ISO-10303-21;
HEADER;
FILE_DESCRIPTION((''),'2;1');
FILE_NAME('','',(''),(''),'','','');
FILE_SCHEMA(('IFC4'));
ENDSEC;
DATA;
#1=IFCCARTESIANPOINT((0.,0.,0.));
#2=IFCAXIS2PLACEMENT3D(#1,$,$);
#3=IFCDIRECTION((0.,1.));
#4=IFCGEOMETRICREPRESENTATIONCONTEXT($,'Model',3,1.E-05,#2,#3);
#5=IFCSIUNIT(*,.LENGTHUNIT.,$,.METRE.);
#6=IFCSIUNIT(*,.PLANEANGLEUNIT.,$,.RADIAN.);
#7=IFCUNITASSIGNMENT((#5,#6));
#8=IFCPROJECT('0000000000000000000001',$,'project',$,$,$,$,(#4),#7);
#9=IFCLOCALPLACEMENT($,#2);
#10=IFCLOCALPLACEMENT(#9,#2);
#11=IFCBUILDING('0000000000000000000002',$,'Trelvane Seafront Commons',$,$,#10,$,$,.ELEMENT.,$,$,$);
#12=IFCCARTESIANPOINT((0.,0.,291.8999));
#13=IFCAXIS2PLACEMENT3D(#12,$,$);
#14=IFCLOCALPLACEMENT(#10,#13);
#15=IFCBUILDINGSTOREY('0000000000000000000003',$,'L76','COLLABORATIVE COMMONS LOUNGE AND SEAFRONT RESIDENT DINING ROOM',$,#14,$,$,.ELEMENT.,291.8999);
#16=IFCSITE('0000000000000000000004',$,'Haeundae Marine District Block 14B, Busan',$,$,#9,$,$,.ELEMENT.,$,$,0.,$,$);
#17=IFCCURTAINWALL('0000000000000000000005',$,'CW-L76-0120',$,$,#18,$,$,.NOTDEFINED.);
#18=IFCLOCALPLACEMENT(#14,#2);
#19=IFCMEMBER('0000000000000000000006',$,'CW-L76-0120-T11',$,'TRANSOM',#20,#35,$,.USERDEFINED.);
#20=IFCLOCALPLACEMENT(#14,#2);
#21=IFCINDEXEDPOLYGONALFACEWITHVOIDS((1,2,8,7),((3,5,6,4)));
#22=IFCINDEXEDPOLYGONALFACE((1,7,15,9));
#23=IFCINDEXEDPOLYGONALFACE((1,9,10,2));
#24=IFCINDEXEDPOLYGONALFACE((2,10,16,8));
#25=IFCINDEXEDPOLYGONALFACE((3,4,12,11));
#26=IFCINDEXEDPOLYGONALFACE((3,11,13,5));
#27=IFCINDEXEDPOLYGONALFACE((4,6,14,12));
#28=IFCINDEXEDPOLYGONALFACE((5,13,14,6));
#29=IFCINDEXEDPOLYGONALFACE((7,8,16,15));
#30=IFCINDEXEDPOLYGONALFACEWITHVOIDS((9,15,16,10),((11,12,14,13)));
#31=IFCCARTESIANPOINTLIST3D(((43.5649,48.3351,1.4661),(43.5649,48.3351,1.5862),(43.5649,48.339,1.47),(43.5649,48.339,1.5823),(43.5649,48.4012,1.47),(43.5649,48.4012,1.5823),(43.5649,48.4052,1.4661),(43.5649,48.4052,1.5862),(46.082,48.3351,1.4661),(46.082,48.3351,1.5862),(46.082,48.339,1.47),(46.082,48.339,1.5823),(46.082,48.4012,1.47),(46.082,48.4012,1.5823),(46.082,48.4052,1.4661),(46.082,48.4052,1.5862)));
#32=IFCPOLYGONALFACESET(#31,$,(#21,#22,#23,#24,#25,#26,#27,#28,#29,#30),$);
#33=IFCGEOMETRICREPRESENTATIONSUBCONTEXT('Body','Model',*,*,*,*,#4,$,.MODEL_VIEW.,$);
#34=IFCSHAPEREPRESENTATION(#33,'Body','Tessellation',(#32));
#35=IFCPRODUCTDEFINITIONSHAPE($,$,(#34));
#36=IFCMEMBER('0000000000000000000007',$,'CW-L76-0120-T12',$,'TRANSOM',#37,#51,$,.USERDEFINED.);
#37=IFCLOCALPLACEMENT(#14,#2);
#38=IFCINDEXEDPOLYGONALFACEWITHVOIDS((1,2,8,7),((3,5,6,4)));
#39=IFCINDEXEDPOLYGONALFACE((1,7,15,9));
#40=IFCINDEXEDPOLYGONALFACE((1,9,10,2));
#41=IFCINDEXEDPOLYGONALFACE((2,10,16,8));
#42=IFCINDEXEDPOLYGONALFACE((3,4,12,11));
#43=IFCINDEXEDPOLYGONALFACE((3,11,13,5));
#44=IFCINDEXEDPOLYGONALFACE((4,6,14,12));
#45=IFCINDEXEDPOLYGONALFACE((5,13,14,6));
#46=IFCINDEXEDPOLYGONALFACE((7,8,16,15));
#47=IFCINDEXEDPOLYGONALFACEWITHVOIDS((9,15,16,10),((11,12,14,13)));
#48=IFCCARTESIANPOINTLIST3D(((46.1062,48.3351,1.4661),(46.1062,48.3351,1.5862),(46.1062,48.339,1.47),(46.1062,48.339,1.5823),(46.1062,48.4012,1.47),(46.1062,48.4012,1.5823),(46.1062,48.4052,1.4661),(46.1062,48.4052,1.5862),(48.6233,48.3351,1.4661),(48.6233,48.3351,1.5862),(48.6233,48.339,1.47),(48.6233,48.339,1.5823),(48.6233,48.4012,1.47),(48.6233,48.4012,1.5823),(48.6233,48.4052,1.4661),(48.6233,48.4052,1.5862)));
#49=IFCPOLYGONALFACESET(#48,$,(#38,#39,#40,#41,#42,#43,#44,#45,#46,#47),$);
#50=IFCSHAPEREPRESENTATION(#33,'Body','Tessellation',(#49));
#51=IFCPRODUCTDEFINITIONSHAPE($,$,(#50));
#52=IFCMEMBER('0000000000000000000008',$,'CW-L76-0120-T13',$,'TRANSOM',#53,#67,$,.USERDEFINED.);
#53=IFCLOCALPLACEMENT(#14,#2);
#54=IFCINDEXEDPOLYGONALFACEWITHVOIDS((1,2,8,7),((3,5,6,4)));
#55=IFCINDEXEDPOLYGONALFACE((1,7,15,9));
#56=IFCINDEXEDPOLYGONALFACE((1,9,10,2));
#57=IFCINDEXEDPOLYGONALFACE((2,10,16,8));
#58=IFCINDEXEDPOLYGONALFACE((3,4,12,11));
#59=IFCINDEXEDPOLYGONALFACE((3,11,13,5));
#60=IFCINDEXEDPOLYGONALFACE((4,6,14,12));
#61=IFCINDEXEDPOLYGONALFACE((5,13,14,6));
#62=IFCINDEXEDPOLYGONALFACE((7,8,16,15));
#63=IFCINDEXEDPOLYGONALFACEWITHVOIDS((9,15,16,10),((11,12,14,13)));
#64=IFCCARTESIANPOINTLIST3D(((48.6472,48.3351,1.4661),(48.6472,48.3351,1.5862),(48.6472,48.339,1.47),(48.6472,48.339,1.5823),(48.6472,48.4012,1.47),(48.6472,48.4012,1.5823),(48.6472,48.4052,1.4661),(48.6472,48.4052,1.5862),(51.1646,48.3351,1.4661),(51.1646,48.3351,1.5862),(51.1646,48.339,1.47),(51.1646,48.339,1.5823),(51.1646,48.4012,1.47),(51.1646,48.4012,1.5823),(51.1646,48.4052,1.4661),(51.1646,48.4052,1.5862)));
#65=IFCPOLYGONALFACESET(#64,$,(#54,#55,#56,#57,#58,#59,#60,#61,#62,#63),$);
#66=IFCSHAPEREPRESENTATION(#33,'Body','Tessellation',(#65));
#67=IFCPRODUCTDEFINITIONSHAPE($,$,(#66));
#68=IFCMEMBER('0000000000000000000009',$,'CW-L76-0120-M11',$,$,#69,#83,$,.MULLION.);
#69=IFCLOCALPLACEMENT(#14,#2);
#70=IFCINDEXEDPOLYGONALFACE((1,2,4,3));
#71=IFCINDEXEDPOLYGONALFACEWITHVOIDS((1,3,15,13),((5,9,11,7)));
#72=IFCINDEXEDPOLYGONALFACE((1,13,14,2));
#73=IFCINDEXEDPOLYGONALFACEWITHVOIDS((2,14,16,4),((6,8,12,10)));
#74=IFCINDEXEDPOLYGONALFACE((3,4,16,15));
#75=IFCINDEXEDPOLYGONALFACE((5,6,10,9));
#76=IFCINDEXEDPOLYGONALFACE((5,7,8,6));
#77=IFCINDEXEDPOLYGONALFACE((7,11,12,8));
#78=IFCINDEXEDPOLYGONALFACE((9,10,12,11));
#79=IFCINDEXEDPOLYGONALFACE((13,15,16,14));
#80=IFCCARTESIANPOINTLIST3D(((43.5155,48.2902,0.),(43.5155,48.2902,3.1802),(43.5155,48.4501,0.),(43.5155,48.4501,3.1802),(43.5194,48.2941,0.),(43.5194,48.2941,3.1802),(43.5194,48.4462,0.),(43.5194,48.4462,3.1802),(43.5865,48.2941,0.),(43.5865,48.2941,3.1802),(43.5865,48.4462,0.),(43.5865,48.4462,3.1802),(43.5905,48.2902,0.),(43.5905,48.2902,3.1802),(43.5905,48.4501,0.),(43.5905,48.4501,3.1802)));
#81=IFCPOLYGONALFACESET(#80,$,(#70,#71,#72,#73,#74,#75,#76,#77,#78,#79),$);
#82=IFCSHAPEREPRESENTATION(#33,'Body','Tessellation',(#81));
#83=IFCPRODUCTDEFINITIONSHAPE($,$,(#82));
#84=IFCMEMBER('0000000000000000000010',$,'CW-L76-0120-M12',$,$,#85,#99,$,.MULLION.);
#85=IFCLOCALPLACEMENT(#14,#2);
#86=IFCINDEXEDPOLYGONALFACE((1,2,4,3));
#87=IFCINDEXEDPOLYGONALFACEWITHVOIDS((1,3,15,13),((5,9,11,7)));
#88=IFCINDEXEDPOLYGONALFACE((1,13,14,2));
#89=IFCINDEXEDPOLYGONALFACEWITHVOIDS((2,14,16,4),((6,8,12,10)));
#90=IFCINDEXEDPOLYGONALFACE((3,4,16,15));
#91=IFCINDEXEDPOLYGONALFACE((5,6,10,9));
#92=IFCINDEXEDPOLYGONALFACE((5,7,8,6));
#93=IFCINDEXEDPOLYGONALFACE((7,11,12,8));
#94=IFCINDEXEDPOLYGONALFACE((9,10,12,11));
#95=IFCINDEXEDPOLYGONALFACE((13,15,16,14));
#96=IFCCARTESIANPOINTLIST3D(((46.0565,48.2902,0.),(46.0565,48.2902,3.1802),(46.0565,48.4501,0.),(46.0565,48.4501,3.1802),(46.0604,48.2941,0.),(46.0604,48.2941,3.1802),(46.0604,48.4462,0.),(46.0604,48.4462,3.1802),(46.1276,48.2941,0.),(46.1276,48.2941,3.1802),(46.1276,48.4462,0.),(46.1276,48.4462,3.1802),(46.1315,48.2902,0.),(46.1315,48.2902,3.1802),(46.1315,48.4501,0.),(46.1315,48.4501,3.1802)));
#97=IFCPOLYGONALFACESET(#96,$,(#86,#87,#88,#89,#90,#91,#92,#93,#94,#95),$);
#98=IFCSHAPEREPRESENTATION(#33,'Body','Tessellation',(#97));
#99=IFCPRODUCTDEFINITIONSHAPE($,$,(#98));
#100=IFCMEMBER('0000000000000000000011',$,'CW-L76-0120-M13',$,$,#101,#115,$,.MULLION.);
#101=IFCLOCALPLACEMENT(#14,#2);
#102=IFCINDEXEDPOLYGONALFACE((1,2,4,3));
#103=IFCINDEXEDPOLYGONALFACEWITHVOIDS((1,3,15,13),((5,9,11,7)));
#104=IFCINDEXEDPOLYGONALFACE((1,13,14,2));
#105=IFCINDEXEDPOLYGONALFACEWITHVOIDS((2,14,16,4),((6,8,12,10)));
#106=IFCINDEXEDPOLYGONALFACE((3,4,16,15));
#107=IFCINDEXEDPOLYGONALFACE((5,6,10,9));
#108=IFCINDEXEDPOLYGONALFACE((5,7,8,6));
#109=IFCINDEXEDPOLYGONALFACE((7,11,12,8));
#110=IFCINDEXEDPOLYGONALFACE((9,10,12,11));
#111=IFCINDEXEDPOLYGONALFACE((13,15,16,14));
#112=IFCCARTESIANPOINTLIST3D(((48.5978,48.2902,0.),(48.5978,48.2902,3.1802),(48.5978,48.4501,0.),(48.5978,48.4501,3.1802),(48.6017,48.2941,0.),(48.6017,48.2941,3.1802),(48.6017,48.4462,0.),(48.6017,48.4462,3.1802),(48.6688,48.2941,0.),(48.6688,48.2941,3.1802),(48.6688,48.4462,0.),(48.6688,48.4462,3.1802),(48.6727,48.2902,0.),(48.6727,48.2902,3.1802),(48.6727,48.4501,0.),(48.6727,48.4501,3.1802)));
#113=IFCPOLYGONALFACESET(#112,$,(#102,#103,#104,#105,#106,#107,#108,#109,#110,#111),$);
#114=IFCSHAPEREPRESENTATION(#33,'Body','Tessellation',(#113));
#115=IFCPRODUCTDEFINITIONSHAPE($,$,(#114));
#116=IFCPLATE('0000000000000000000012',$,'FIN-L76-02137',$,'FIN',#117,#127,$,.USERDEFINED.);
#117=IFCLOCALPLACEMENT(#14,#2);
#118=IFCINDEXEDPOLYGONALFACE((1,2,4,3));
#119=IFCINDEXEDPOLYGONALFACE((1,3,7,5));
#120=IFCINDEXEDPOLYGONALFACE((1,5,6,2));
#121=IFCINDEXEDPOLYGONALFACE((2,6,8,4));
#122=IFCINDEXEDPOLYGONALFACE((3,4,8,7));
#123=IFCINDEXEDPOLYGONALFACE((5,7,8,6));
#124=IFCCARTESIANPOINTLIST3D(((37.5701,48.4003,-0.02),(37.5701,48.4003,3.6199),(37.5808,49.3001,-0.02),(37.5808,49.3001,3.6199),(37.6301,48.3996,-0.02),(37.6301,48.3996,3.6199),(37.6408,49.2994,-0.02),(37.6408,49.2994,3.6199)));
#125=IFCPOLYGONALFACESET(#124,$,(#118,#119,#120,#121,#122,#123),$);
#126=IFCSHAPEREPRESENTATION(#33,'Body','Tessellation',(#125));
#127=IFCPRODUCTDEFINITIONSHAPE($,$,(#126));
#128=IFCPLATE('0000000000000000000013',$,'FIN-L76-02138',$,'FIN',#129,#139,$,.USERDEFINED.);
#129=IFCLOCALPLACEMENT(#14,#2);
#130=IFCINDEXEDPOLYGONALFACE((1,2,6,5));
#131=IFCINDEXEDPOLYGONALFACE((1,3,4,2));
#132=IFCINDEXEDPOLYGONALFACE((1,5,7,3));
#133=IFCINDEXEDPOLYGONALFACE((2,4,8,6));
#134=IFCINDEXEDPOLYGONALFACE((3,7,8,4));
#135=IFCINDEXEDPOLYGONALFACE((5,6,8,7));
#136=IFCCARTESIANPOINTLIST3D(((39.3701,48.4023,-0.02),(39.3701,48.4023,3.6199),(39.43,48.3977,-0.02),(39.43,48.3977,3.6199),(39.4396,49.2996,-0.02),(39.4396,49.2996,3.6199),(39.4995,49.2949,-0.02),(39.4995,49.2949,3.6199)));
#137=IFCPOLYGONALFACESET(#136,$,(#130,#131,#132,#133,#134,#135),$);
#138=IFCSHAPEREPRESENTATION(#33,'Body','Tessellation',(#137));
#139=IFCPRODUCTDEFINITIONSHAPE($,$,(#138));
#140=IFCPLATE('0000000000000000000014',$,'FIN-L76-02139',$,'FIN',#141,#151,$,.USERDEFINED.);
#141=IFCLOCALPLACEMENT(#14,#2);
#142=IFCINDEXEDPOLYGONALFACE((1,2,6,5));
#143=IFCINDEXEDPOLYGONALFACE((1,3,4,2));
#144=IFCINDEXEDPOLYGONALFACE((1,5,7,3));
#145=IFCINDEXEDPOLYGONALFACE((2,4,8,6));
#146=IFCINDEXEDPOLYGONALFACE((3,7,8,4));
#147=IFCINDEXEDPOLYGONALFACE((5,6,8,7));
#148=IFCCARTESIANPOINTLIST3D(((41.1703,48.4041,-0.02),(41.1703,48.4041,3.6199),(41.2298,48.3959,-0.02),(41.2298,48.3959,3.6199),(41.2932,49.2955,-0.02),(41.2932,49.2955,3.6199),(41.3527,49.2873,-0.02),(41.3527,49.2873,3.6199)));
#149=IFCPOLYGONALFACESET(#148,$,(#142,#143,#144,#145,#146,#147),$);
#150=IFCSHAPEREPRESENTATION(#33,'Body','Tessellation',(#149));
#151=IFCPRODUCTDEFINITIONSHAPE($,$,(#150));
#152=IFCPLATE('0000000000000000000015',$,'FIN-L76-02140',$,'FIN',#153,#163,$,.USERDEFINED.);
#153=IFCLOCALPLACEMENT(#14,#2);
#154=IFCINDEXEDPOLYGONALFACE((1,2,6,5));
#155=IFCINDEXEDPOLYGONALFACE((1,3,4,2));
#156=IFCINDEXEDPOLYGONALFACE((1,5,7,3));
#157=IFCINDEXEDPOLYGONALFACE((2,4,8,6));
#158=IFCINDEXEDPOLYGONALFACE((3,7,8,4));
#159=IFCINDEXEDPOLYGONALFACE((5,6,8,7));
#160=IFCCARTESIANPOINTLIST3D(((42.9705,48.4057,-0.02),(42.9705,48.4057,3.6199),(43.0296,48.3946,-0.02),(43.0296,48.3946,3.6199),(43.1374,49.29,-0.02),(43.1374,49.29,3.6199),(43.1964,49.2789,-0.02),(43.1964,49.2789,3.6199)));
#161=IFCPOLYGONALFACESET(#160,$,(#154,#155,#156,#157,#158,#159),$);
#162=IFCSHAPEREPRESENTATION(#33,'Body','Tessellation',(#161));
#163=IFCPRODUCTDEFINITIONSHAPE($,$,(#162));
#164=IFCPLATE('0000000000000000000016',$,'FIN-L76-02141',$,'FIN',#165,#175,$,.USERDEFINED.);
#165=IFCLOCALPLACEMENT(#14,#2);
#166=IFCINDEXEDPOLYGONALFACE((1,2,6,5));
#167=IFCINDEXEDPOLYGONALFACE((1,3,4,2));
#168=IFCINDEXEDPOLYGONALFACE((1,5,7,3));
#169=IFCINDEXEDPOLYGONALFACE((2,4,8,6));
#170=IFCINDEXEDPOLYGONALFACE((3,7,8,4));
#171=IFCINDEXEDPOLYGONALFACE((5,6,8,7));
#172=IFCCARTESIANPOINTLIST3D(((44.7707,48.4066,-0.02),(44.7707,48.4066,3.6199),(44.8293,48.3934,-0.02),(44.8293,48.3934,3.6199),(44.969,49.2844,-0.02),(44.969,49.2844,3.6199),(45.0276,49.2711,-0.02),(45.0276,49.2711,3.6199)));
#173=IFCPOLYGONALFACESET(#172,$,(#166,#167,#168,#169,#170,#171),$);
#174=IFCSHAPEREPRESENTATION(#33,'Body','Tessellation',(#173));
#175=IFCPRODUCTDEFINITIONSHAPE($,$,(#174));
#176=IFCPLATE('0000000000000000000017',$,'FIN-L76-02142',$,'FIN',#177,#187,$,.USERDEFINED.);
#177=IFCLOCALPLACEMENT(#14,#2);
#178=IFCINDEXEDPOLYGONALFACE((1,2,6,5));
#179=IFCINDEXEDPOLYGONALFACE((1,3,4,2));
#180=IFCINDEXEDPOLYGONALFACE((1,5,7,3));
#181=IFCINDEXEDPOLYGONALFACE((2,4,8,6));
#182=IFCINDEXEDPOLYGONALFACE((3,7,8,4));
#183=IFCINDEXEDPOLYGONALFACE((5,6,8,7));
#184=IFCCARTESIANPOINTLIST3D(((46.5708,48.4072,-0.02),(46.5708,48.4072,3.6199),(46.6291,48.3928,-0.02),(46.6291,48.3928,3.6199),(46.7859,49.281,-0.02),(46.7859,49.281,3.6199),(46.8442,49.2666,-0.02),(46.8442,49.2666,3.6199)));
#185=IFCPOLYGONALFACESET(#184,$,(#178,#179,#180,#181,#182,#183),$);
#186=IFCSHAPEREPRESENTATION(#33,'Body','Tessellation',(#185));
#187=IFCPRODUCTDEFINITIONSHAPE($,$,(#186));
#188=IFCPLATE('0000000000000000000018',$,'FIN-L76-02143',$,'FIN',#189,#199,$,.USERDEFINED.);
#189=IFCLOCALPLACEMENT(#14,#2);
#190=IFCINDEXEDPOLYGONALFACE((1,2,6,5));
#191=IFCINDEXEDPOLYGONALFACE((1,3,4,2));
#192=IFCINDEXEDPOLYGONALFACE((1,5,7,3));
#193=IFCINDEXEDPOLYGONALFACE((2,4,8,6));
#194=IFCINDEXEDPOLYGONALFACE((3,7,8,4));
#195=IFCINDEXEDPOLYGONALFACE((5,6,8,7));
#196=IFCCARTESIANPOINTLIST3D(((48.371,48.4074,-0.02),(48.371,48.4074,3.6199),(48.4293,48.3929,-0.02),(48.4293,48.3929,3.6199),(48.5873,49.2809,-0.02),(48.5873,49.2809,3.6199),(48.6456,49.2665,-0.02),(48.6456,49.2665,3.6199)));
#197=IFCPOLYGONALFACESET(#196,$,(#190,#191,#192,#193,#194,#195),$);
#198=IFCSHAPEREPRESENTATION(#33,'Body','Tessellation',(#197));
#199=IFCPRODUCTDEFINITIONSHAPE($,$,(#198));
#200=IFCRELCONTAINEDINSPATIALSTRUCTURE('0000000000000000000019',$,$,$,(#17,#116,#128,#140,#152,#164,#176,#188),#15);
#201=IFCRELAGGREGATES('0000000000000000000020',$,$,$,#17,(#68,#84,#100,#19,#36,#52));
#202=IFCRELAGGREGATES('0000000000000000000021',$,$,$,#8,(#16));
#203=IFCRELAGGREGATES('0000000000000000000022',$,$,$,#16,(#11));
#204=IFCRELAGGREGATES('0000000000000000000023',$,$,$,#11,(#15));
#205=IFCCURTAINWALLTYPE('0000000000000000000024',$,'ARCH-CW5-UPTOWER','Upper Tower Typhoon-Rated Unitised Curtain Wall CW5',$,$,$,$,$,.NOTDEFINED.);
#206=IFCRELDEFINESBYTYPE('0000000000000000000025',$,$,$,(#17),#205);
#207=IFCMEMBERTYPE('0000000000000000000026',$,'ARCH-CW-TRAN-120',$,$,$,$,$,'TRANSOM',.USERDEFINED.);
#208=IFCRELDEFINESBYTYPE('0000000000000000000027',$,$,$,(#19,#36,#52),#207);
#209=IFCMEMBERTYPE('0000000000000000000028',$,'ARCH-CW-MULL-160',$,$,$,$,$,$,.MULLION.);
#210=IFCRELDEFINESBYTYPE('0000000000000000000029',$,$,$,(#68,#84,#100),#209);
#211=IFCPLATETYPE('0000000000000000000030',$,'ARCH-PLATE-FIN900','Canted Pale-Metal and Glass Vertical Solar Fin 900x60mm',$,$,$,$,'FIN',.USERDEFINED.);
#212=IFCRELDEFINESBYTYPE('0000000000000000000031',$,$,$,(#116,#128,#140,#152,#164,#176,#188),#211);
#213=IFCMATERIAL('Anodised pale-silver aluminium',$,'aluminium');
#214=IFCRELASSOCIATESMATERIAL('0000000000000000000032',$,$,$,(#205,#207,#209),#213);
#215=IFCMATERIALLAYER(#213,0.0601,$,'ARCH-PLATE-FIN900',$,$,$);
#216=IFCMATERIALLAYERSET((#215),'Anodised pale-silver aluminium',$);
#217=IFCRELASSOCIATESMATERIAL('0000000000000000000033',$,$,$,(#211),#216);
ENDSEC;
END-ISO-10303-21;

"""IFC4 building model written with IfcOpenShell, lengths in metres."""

from ifc_helpers import new_model, si_unit, direction, frame, origin, origin_2d, place, context, subcontext, project, spatial, rectangle, hollow_rectangle, extrude, source, transform, mapped, material, layer, layer_set, material_profile, profile_set, type_object, element, aggregate, save


model = new_model("IFC4")

# Units and contexts
model_context = context("Model", 3, precision=1e-05, world=origin(), true_north=direction((0.0, 1.0)))
body_context = subcontext(model_context, "Body", "Model", "MODEL_VIEW")
ifc_project = project(units=[si_unit("LENGTHUNIT", "METRE"), si_unit("PLANEANGLEUNIT", "RADIAN")], contexts=[model_context])

# Site, building, storey
site_placement = place(None, origin())
site = spatial("IfcSite", under=ifc_project, at=site_placement, Name="Haeundae Marine District Block 14B, Busan", CompositionType="ELEMENT", RefElevation=0.0)
building_placement = place(site_placement, origin())
building = spatial("IfcBuilding", under=site, at=building_placement, Name="Trelvane Seafront Commons", CompositionType="ELEMENT")
storey_placement = place(building_placement, frame((0.0, 0.0, 291.8999)))
storey = spatial("IfcBuildingStorey", under=building, at=storey_placement, Name="L76", Description="COLLABORATIVE COMMONS LOUNGE AND SEAFRONT RESIDENT DINING ROOM", CompositionType="ELEMENT", Elevation=291.8999)

# Curtain wall, members
ifc_material_1 = material(Name="Anodised pale-silver aluminium", Category="aluminium")
curtain_wall_type = type_object("IfcCurtainWallType", Name="ARCH-CW5-UPTOWER", Description="Upper Tower Typhoon-Rated Unitised Curtain Wall CW5", PredefinedType="NOTDEFINED", material=ifc_material_1)
curtain_wall_placement = place(storey_placement, origin())
curtain_wall = element("IfcCurtainWall", 1, at=curtain_wall_placement, inside=storey, type_object=curtain_wall_type, Name="CW-L76-0120", PredefinedType="NOTDEFINED")
ifc_material_profile_1 = material_profile(ifc_material_1, hollow_rectangle(XDim=0.0701, YDim=0.1201, WallThickness=0.0039, at=origin_2d()), Name="TRAN-70x120x4")
ifc_profile_set_1 = profile_set([ifc_material_profile_1], Name="Anodised pale-silver aluminium")
member_type_1 = type_object("IfcMemberType", Name="ARCH-CW-TRAN-120", ElementType="TRANSOM", PredefinedType="USERDEFINED", material=ifc_profile_set_1)
shared_shape_1 = source(origin(), body_context, "Body", "SweptSolid", [
    extrude(hollow_rectangle(XDim=0.0701, YDim=0.1201, WallThickness=0.0039, at=origin_2d()), origin(), (0.0, 0.0, 1.0), 2.5171),
])
member_1_placement = place(storey_placement, frame((43.5649, 48.3701, 1.5261), z_axis=(1.0, 0.0, 0.0), x_axis=(0.0, 1.0, 0.0)))
member_1 = element("IfcMember", 2, at=member_1_placement, type_object=member_type_1, Name="CW-L76-0120-T11", ObjectType="TRANSOM", PredefinedType="USERDEFINED", context=body_context, shape_type="MappedRepresentation", body=[
    mapped(shared_shape_1, transform((0.0, 0.0, 0.0), x_axis=(1.0, 0.0, 0.0), y_axis=(0.0, 1.0, 0.0), z_axis=(0.0, 0.0, 1.0), scale=1.0)),
])
member_2_placement = place(storey_placement, frame((46.1062, 48.3701, 1.5261), z_axis=(1.0, 0.0, 0.0), x_axis=(0.0, 1.0, 0.0)))
member_2 = element("IfcMember", 3, at=member_2_placement, type_object=member_type_1, Name="CW-L76-0120-T12", ObjectType="TRANSOM", PredefinedType="USERDEFINED", context=body_context, shape_type="MappedRepresentation", body=[
    mapped(shared_shape_1, transform((0.0, 0.0, 0.0), x_axis=(1.0, 0.0, 0.0), y_axis=(0.0, 1.0, 0.0), z_axis=(0.0, 0.0, 1.0), scale=1.0)),
])
shared_shape_2 = source(origin(), body_context, "Body", "SweptSolid", [
    extrude(hollow_rectangle(XDim=0.0701, YDim=0.1201, WallThickness=0.0039, at=origin_2d()), origin(), (0.0, 0.0, 1.0), 2.5173),
])
member_3_placement = place(storey_placement, frame((48.6472, 48.3701, 1.5261), z_axis=(1.0, 0.0, 0.0), x_axis=(0.0, 1.0, 0.0)))
member_3 = element("IfcMember", 4, at=member_3_placement, type_object=member_type_1, Name="CW-L76-0120-T13", ObjectType="TRANSOM", PredefinedType="USERDEFINED", context=body_context, shape_type="MappedRepresentation", body=[
    mapped(shared_shape_2, transform((0.0, 0.0, 0.0), x_axis=(1.0, 0.0, 0.0), y_axis=(0.0, 1.0, 0.0), z_axis=(0.0, 0.0, 1.0), scale=1.0)),
])
ifc_material_profile_2 = material_profile(ifc_material_1, hollow_rectangle(XDim=0.075, YDim=0.1599, WallThickness=0.0039, at=origin_2d()), Name="MULL-75x160x4")
ifc_profile_set_2 = profile_set([ifc_material_profile_2], Name="Anodised pale-silver aluminium")
member_type_2 = type_object("IfcMemberType", Name="ARCH-CW-MULL-160", PredefinedType="MULLION", material=ifc_profile_set_2)
shared_shape_3 = source(origin(), body_context, "Body", "SweptSolid", [
    extrude(hollow_rectangle(XDim=0.075, YDim=0.1599, WallThickness=0.0039, at=origin_2d()), origin(), (0.0, 0.0, 1.0), 3.1802),
])
member_4_placement = place(storey_placement, frame((43.553, 48.3701, 0.0), z_axis=(0.0, 0.0, 1.0), x_axis=(1.0, 0.0, 0.0)))
member_4 = element("IfcMember", 5, at=member_4_placement, type_object=member_type_2, Name="CW-L76-0120-M11", PredefinedType="MULLION", context=body_context, shape_type="MappedRepresentation", body=[
    mapped(shared_shape_3, transform((0.0, 0.0, 0.0), x_axis=(1.0, 0.0, 0.0), y_axis=(0.0, 1.0, 0.0), z_axis=(0.0, 0.0, 1.0), scale=1.0)),
])
member_5_placement = place(storey_placement, frame((46.094, 48.3701, 0.0), z_axis=(0.0, 0.0, 1.0), x_axis=(1.0, 0.0, 0.0)))
member_5 = element("IfcMember", 6, at=member_5_placement, type_object=member_type_2, Name="CW-L76-0120-M12", PredefinedType="MULLION", context=body_context, shape_type="MappedRepresentation", body=[
    mapped(shared_shape_3, transform((0.0, 0.0, 0.0), x_axis=(1.0, 0.0, 0.0), y_axis=(0.0, 1.0, 0.0), z_axis=(0.0, 0.0, 1.0), scale=1.0)),
])
member_6_placement = place(storey_placement, frame((48.6353, 48.3701, 0.0), z_axis=(0.0, 0.0, 1.0), x_axis=(1.0, 0.0, 0.0)))
member_6 = element("IfcMember", 7, at=member_6_placement, type_object=member_type_2, Name="CW-L76-0120-M13", PredefinedType="MULLION", context=body_context, shape_type="MappedRepresentation", body=[
    mapped(shared_shape_3, transform((0.0, 0.0, 0.0), x_axis=(1.0, 0.0, 0.0), y_axis=(0.0, 1.0, 0.0), z_axis=(0.0, 0.0, 1.0), scale=1.0)),
])

# Plates
ifc_layer_1 = layer(ifc_material_1, 0.0601, Name="ARCH-PLATE-FIN900")
ifc_layer_set_1 = layer_set([ifc_layer_1], Name="Anodised pale-silver aluminium")
plate_type_1 = type_object("IfcPlateType", Name="ARCH-PLATE-FIN900", Description="Canted Pale-Metal and Glass Vertical Solar Fin 900x60mm", ElementType="FIN", PredefinedType="USERDEFINED", material=ifc_layer_set_1)
shared_shape_4 = source(origin(), body_context, "Body", "SweptSolid", [
    extrude(rectangle(XDim=0.8999, YDim=0.0601, at=origin_2d()), origin(), (0.0, 0.0, 1.0), 3.6399),
])
for number, where, z_axis, x_axis, name in (
    (8, (37.6055, 48.8499, -0.02), (0.0, 0.0, 1.0), (0.011889, 0.999929, 0.0), "FIN-L76-02137"),
    (9, (39.4348, 48.8486, -0.02), (0.0, 0.0, 1.0), (0.077224, 0.997014, 0.0), "FIN-L76-02138"),
    (10, (41.2615, 48.8457, -0.02), (0.0, 0.0, 1.0), (0.136551, 0.990633, 0.0), "FIN-L76-02139"),
    (11, (43.0835, 48.8423, -0.02), (0.0, 0.0, 1.0), (0.185442, 0.982655, 0.0), "FIN-L76-02140"),
    (12, (44.8992, 48.8389, -0.02), (0.0, 0.0, 1.0), (0.22033, 0.975425, 0.0), "FIN-L76-02141"),
    (13, (46.7075, 48.8369, -0.02), (0.0, 0.0, 1.0), (0.239005, 0.971018, 0.0), "FIN-L76-02142"),
    (14, (48.5083, 48.8369, -0.02), (0.0, 0.0, 1.0), (0.240338, 0.970689, 0.0), "FIN-L76-02143"),
):
    element("IfcPlate", number, at=place(storey_placement, frame(where, z_axis=z_axis, x_axis=x_axis)), inside=storey, type_object=plate_type_1, Name=name, ObjectType="FIN", PredefinedType="USERDEFINED", context=body_context, shape_type="MappedRepresentation", body=[
        mapped(shared_shape_4, transform((0.0, 0.0, 0.0), x_axis=(1.0, 0.0, 0.0), y_axis=(0.0, 1.0, 0.0), z_axis=(0.0, 0.0, 1.0), scale=1.0)),
    ])

aggregate(curtain_wall, [member_4, member_5, member_6, member_1, member_2, member_3])

save(model, "model.ifc")
